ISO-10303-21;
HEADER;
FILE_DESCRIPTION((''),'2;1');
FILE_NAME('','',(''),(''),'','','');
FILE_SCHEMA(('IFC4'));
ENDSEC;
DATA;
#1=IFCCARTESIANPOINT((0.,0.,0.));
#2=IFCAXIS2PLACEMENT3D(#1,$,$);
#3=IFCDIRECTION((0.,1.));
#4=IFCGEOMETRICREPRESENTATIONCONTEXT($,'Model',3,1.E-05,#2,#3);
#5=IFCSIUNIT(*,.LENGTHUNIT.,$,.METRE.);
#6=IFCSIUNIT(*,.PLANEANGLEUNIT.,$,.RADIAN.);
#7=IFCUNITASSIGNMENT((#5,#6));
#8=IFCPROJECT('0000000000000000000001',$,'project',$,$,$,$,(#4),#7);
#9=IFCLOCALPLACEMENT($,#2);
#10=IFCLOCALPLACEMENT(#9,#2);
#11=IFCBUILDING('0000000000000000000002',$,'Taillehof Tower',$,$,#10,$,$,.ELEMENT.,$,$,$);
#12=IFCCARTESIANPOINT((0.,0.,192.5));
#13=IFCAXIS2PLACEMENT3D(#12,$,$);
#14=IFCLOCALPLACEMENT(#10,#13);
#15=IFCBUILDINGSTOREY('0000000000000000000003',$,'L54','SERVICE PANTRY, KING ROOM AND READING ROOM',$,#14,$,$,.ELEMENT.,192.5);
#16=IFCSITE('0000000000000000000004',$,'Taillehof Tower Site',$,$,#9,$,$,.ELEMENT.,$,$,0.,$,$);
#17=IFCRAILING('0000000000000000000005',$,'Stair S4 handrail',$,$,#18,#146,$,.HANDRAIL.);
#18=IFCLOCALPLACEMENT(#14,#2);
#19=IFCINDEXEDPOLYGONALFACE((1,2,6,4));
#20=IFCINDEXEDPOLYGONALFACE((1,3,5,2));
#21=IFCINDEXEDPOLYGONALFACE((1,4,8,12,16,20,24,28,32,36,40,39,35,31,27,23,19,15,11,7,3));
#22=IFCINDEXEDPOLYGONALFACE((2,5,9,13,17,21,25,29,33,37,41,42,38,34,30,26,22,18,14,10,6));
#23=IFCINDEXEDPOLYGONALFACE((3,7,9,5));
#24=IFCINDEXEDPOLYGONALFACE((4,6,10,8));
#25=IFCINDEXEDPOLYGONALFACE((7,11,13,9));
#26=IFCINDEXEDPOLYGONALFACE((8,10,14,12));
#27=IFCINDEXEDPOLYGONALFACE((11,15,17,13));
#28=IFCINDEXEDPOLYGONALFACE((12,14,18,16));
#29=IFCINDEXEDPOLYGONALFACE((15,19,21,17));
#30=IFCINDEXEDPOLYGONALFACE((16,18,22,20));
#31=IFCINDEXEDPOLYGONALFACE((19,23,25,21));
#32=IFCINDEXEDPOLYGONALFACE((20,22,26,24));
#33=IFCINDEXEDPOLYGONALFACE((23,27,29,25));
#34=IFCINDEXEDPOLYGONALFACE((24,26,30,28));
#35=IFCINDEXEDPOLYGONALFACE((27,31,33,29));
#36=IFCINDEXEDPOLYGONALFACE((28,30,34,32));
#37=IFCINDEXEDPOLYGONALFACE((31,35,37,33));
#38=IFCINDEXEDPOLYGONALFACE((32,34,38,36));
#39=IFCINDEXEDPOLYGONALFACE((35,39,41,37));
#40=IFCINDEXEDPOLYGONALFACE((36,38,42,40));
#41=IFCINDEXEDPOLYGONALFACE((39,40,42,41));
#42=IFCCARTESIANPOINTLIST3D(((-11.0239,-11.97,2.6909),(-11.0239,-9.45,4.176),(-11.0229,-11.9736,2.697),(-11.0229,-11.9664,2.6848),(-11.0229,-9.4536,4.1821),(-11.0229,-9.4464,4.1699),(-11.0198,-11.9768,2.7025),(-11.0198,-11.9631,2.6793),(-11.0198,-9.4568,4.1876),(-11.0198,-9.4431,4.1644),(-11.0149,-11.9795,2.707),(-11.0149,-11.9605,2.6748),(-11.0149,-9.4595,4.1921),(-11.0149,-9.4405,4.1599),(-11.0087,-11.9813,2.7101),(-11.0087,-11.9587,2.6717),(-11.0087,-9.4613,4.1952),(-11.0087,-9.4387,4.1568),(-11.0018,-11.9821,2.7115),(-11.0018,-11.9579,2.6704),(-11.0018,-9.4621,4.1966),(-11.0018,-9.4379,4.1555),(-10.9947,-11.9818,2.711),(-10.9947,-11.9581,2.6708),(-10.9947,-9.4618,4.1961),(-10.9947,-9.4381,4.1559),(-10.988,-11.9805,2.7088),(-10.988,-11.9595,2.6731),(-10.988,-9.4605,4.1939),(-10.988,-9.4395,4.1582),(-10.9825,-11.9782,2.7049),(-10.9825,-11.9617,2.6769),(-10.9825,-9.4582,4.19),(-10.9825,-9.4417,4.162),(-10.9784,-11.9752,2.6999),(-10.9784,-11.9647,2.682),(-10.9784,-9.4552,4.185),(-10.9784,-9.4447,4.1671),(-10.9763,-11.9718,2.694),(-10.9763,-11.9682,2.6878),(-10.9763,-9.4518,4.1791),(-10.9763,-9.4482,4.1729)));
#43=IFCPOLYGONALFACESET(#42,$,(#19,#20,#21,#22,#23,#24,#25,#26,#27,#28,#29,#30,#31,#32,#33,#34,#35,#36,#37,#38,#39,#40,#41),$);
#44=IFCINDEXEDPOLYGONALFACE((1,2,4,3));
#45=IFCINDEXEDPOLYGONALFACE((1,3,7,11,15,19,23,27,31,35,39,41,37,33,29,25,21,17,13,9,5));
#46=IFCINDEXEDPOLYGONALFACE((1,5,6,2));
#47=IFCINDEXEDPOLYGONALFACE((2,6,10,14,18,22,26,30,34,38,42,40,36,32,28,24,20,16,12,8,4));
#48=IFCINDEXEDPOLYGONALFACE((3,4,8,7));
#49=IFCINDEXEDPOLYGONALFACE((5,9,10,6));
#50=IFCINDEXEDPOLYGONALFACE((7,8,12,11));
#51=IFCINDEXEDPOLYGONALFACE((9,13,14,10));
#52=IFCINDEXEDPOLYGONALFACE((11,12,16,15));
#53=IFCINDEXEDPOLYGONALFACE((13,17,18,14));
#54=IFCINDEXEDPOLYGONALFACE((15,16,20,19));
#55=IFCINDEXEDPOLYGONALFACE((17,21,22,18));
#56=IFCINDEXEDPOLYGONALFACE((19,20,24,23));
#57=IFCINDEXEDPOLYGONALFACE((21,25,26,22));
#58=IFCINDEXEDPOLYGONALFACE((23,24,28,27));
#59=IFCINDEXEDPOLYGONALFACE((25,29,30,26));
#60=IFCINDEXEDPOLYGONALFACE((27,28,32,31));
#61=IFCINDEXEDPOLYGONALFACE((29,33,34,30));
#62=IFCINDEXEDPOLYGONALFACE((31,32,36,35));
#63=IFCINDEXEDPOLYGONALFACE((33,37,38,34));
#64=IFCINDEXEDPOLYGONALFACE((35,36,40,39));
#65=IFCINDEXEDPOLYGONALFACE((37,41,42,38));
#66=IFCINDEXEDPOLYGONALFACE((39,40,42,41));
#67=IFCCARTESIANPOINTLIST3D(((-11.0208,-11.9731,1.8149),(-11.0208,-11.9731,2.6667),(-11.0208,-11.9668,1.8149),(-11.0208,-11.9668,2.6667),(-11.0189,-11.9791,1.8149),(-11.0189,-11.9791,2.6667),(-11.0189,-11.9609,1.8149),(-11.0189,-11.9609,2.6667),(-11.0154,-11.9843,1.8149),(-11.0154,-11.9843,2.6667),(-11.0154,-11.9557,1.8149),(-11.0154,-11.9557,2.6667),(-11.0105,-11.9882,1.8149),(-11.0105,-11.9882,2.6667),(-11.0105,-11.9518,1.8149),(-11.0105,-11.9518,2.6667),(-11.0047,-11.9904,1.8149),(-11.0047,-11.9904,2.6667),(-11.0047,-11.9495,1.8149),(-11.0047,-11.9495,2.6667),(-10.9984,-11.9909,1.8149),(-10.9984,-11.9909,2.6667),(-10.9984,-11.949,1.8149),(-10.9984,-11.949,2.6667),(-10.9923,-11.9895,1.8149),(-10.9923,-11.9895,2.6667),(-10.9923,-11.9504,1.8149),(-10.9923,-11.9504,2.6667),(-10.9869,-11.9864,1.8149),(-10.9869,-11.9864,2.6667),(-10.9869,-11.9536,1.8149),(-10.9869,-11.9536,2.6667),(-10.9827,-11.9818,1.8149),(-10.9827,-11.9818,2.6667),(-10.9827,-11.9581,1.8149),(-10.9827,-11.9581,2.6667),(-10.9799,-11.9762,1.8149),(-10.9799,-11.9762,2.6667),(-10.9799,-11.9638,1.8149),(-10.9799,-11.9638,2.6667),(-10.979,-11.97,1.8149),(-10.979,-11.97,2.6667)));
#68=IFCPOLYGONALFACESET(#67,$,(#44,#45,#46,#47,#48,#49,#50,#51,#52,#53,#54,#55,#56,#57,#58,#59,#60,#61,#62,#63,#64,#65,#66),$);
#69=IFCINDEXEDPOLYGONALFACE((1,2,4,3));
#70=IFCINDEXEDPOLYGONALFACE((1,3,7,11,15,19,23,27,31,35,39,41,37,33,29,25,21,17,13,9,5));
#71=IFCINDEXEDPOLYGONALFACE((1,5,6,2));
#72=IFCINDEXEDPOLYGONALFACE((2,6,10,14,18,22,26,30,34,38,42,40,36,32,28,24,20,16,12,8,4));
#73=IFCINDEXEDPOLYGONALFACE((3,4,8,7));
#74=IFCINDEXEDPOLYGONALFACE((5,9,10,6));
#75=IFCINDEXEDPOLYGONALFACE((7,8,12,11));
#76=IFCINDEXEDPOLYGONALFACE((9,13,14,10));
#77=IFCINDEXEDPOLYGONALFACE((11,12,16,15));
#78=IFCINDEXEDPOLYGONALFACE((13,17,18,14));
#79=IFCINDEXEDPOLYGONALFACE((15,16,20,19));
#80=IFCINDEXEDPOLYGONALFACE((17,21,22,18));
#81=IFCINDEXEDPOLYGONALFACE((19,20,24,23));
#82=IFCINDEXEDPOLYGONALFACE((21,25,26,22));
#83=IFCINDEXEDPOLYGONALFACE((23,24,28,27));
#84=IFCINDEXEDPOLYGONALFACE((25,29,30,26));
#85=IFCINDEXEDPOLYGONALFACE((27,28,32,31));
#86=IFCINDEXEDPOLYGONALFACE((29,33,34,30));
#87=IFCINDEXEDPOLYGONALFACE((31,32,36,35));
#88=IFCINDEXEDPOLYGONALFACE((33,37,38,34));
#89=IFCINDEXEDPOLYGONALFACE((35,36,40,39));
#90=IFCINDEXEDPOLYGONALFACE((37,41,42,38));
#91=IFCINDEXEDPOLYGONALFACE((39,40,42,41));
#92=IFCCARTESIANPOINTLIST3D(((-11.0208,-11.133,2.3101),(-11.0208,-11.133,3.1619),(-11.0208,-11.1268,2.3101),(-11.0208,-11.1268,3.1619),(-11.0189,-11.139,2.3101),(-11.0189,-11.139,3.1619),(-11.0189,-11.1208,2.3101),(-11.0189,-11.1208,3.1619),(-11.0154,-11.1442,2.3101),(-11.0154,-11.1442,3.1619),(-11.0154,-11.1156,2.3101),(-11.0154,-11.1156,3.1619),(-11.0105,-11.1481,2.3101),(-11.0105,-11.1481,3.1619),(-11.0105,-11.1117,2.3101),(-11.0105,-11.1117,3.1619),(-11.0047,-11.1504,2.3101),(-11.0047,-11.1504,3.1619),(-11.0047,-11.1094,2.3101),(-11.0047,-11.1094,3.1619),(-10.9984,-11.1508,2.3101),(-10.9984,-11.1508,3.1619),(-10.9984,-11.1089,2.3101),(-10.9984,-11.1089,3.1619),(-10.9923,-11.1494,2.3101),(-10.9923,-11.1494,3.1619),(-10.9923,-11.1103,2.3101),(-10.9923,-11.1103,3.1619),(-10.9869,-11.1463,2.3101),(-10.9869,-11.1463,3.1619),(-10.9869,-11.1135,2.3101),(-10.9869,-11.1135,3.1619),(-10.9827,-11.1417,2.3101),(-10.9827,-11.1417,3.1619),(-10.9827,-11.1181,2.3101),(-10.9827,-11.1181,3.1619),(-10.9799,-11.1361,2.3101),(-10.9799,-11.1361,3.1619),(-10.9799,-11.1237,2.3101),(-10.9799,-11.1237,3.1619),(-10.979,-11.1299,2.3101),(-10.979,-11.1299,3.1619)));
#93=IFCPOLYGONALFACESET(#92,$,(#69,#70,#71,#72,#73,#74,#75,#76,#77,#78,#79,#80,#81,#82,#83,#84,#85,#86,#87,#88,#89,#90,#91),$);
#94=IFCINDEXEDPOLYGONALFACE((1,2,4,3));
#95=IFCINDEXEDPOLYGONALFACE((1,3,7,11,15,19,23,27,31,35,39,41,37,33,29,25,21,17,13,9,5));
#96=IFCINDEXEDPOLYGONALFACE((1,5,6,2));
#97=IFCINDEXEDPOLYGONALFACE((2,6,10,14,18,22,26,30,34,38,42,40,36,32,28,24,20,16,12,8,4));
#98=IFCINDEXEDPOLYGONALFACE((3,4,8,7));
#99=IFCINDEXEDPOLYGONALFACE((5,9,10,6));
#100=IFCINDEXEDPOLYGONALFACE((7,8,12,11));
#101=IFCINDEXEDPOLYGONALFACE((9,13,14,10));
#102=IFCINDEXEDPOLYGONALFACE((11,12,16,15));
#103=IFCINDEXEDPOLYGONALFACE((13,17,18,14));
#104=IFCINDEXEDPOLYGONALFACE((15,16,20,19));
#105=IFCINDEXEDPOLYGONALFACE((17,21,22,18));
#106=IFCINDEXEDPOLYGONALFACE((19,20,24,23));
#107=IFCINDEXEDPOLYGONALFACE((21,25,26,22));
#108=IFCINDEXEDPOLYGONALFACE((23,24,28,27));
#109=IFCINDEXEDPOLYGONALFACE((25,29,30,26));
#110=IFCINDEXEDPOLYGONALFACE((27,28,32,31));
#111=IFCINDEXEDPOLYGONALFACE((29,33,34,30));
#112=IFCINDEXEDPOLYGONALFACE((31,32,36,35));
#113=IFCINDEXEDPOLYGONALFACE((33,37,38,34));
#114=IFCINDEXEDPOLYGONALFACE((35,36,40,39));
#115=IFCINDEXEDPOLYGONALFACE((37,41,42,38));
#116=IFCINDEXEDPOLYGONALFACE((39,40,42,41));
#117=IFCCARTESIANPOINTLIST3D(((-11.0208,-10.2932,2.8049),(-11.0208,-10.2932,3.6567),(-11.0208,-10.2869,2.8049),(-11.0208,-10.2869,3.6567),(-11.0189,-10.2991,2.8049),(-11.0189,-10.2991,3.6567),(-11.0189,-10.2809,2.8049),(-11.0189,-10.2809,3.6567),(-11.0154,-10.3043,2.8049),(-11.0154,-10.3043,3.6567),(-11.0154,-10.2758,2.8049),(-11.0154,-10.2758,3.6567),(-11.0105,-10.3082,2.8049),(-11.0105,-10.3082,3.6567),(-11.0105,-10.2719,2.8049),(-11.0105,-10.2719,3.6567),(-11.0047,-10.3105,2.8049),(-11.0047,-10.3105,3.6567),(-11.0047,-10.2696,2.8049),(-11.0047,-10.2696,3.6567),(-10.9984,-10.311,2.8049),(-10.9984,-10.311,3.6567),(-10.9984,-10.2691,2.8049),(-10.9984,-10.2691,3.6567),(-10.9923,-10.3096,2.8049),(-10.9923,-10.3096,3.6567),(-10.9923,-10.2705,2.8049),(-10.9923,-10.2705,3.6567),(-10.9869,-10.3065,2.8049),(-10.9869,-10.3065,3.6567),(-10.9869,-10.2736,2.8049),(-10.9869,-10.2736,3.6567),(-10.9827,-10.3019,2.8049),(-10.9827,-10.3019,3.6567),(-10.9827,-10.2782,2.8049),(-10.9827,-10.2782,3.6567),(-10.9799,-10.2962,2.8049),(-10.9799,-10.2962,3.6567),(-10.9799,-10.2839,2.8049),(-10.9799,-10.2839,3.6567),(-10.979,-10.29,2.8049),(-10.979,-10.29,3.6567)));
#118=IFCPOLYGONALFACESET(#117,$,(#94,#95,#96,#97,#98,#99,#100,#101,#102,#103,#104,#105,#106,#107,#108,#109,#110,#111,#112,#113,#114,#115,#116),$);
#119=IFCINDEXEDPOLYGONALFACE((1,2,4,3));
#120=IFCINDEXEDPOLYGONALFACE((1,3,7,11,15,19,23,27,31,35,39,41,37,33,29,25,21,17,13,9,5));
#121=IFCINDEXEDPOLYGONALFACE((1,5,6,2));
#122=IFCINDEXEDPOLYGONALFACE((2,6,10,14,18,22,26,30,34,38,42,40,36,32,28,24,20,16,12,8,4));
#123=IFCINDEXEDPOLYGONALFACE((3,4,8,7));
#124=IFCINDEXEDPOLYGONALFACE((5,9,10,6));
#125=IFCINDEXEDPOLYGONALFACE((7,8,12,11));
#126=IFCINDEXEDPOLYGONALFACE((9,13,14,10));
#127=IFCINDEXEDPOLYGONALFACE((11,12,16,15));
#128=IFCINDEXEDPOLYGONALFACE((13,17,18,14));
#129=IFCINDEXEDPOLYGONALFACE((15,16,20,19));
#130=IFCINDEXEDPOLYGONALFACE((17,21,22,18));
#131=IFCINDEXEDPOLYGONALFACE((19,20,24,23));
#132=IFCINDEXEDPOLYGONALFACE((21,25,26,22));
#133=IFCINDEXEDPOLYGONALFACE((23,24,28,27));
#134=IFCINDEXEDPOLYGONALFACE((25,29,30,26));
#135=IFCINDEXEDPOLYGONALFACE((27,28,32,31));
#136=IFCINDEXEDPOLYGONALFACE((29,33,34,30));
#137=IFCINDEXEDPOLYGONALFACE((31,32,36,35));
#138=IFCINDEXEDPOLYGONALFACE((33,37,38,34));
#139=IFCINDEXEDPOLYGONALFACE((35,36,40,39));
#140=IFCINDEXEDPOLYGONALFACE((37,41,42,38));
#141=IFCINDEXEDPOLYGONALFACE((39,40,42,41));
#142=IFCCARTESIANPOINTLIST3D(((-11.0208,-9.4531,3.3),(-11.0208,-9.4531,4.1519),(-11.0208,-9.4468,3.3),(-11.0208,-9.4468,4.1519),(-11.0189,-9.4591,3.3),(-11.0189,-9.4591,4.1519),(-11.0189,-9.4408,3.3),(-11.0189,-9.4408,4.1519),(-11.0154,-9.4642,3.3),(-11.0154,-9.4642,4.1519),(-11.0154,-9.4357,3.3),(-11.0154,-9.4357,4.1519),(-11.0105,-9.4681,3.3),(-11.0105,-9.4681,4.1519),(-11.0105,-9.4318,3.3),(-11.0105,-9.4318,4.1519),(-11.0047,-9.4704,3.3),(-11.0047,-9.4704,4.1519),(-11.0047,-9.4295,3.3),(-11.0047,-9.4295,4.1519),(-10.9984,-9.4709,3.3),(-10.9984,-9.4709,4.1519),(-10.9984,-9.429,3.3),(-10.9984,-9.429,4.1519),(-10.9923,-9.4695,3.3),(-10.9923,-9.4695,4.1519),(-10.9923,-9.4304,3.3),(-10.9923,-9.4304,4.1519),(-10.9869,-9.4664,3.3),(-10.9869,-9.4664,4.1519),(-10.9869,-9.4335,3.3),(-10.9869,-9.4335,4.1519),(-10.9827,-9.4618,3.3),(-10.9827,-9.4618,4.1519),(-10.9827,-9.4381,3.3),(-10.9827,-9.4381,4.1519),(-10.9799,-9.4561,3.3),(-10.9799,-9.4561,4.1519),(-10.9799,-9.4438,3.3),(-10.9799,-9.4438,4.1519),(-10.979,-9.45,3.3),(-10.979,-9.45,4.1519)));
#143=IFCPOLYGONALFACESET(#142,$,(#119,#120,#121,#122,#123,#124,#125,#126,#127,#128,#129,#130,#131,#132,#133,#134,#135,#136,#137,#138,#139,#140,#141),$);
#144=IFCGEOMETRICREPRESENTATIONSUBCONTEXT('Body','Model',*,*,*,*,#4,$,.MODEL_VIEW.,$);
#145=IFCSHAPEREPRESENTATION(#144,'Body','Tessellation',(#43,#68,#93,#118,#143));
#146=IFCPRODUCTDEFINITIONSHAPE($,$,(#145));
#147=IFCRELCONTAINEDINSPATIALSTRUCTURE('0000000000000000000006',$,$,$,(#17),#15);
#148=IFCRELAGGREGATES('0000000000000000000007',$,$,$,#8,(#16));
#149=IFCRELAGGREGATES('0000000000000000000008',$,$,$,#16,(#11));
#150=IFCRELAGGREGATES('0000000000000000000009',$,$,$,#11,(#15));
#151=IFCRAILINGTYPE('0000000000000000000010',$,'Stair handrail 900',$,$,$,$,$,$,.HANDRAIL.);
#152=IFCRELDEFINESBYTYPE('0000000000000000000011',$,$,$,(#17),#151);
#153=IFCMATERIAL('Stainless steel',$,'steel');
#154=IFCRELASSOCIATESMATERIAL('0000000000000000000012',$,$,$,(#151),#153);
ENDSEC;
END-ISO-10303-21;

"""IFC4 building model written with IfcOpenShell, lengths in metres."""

from ifc_helpers import new_model, si_unit, direction, frame, origin, origin_2d, place, context, subcontext, project, spatial, circle, extrude, material, type_object, element, save


model = new_model("IFC4")

# Units and contexts
model_context = context("Model", 3, precision=1e-05, world=origin(), true_north=direction((0.0, 1.0)))
body_context = subcontext(model_context, "Body", "Model", "MODEL_VIEW")
ifc_project = project(units=[si_unit("LENGTHUNIT", "METRE"), si_unit("PLANEANGLEUNIT", "RADIAN")], contexts=[model_context])

# Site, building, storey
site_placement = place(None, origin())
site = spatial("IfcSite", under=ifc_project, at=site_placement, Name="Taillehof Tower Site", CompositionType="ELEMENT", RefElevation=0.0)
building_placement = place(site_placement, origin())
building = spatial("IfcBuilding", under=site, at=building_placement, Name="Taillehof Tower", CompositionType="ELEMENT")
storey_placement = place(building_placement, frame((0.0, 0.0, 192.5)))
storey = spatial("IfcBuildingStorey", under=building, at=storey_placement, Name="L54", Description="SERVICE PANTRY, KING ROOM AND READING ROOM", CompositionType="ELEMENT", Elevation=192.5)

# Railing
ifc_material_1 = material(Name="Stainless steel", Category="steel")
railing_type = type_object("IfcRailingType", Name="Stair handrail 900", PredefinedType="HANDRAIL", material=ifc_material_1)
railing_placement = place(storey_placement, frame((-11.0, -11.97, 1.8149)))
element("IfcRailing", 1, at=railing_placement, inside=storey, type_object=railing_type, Name="Stair S4 handrail", PredefinedType="HANDRAIL", context=body_context, shape_type="SweptSolid", body=[
    extrude(circle(Radius=0.0239, at=origin_2d()), frame((0.0, 0.0, 0.876), z_axis=(0.0, 0.861524, 0.507717), x_axis=(-1.0, 0.0, 0.0)), (0.0, 0.0, 1.0), 2.925),
    extrude(circle(Radius=0.021, at=origin_2d()), origin(), (0.0, 0.0, 1.0), 0.8518),
    extrude(circle(Radius=0.021, at=origin_2d()), frame((0.0, 0.8401, 0.4951)), (0.0, 0.0, 1.0), 0.8518),
    extrude(circle(Radius=0.021, at=origin_2d()), frame((0.0, 1.6799, 0.99)), (0.0, 0.0, 1.0), 0.8518),
    extrude(circle(Radius=0.021, at=origin_2d()), frame((0.0, 2.52, 1.4851)), (0.0, 0.0, 1.0), 0.8518),
])

save(model, "model.ifc")
